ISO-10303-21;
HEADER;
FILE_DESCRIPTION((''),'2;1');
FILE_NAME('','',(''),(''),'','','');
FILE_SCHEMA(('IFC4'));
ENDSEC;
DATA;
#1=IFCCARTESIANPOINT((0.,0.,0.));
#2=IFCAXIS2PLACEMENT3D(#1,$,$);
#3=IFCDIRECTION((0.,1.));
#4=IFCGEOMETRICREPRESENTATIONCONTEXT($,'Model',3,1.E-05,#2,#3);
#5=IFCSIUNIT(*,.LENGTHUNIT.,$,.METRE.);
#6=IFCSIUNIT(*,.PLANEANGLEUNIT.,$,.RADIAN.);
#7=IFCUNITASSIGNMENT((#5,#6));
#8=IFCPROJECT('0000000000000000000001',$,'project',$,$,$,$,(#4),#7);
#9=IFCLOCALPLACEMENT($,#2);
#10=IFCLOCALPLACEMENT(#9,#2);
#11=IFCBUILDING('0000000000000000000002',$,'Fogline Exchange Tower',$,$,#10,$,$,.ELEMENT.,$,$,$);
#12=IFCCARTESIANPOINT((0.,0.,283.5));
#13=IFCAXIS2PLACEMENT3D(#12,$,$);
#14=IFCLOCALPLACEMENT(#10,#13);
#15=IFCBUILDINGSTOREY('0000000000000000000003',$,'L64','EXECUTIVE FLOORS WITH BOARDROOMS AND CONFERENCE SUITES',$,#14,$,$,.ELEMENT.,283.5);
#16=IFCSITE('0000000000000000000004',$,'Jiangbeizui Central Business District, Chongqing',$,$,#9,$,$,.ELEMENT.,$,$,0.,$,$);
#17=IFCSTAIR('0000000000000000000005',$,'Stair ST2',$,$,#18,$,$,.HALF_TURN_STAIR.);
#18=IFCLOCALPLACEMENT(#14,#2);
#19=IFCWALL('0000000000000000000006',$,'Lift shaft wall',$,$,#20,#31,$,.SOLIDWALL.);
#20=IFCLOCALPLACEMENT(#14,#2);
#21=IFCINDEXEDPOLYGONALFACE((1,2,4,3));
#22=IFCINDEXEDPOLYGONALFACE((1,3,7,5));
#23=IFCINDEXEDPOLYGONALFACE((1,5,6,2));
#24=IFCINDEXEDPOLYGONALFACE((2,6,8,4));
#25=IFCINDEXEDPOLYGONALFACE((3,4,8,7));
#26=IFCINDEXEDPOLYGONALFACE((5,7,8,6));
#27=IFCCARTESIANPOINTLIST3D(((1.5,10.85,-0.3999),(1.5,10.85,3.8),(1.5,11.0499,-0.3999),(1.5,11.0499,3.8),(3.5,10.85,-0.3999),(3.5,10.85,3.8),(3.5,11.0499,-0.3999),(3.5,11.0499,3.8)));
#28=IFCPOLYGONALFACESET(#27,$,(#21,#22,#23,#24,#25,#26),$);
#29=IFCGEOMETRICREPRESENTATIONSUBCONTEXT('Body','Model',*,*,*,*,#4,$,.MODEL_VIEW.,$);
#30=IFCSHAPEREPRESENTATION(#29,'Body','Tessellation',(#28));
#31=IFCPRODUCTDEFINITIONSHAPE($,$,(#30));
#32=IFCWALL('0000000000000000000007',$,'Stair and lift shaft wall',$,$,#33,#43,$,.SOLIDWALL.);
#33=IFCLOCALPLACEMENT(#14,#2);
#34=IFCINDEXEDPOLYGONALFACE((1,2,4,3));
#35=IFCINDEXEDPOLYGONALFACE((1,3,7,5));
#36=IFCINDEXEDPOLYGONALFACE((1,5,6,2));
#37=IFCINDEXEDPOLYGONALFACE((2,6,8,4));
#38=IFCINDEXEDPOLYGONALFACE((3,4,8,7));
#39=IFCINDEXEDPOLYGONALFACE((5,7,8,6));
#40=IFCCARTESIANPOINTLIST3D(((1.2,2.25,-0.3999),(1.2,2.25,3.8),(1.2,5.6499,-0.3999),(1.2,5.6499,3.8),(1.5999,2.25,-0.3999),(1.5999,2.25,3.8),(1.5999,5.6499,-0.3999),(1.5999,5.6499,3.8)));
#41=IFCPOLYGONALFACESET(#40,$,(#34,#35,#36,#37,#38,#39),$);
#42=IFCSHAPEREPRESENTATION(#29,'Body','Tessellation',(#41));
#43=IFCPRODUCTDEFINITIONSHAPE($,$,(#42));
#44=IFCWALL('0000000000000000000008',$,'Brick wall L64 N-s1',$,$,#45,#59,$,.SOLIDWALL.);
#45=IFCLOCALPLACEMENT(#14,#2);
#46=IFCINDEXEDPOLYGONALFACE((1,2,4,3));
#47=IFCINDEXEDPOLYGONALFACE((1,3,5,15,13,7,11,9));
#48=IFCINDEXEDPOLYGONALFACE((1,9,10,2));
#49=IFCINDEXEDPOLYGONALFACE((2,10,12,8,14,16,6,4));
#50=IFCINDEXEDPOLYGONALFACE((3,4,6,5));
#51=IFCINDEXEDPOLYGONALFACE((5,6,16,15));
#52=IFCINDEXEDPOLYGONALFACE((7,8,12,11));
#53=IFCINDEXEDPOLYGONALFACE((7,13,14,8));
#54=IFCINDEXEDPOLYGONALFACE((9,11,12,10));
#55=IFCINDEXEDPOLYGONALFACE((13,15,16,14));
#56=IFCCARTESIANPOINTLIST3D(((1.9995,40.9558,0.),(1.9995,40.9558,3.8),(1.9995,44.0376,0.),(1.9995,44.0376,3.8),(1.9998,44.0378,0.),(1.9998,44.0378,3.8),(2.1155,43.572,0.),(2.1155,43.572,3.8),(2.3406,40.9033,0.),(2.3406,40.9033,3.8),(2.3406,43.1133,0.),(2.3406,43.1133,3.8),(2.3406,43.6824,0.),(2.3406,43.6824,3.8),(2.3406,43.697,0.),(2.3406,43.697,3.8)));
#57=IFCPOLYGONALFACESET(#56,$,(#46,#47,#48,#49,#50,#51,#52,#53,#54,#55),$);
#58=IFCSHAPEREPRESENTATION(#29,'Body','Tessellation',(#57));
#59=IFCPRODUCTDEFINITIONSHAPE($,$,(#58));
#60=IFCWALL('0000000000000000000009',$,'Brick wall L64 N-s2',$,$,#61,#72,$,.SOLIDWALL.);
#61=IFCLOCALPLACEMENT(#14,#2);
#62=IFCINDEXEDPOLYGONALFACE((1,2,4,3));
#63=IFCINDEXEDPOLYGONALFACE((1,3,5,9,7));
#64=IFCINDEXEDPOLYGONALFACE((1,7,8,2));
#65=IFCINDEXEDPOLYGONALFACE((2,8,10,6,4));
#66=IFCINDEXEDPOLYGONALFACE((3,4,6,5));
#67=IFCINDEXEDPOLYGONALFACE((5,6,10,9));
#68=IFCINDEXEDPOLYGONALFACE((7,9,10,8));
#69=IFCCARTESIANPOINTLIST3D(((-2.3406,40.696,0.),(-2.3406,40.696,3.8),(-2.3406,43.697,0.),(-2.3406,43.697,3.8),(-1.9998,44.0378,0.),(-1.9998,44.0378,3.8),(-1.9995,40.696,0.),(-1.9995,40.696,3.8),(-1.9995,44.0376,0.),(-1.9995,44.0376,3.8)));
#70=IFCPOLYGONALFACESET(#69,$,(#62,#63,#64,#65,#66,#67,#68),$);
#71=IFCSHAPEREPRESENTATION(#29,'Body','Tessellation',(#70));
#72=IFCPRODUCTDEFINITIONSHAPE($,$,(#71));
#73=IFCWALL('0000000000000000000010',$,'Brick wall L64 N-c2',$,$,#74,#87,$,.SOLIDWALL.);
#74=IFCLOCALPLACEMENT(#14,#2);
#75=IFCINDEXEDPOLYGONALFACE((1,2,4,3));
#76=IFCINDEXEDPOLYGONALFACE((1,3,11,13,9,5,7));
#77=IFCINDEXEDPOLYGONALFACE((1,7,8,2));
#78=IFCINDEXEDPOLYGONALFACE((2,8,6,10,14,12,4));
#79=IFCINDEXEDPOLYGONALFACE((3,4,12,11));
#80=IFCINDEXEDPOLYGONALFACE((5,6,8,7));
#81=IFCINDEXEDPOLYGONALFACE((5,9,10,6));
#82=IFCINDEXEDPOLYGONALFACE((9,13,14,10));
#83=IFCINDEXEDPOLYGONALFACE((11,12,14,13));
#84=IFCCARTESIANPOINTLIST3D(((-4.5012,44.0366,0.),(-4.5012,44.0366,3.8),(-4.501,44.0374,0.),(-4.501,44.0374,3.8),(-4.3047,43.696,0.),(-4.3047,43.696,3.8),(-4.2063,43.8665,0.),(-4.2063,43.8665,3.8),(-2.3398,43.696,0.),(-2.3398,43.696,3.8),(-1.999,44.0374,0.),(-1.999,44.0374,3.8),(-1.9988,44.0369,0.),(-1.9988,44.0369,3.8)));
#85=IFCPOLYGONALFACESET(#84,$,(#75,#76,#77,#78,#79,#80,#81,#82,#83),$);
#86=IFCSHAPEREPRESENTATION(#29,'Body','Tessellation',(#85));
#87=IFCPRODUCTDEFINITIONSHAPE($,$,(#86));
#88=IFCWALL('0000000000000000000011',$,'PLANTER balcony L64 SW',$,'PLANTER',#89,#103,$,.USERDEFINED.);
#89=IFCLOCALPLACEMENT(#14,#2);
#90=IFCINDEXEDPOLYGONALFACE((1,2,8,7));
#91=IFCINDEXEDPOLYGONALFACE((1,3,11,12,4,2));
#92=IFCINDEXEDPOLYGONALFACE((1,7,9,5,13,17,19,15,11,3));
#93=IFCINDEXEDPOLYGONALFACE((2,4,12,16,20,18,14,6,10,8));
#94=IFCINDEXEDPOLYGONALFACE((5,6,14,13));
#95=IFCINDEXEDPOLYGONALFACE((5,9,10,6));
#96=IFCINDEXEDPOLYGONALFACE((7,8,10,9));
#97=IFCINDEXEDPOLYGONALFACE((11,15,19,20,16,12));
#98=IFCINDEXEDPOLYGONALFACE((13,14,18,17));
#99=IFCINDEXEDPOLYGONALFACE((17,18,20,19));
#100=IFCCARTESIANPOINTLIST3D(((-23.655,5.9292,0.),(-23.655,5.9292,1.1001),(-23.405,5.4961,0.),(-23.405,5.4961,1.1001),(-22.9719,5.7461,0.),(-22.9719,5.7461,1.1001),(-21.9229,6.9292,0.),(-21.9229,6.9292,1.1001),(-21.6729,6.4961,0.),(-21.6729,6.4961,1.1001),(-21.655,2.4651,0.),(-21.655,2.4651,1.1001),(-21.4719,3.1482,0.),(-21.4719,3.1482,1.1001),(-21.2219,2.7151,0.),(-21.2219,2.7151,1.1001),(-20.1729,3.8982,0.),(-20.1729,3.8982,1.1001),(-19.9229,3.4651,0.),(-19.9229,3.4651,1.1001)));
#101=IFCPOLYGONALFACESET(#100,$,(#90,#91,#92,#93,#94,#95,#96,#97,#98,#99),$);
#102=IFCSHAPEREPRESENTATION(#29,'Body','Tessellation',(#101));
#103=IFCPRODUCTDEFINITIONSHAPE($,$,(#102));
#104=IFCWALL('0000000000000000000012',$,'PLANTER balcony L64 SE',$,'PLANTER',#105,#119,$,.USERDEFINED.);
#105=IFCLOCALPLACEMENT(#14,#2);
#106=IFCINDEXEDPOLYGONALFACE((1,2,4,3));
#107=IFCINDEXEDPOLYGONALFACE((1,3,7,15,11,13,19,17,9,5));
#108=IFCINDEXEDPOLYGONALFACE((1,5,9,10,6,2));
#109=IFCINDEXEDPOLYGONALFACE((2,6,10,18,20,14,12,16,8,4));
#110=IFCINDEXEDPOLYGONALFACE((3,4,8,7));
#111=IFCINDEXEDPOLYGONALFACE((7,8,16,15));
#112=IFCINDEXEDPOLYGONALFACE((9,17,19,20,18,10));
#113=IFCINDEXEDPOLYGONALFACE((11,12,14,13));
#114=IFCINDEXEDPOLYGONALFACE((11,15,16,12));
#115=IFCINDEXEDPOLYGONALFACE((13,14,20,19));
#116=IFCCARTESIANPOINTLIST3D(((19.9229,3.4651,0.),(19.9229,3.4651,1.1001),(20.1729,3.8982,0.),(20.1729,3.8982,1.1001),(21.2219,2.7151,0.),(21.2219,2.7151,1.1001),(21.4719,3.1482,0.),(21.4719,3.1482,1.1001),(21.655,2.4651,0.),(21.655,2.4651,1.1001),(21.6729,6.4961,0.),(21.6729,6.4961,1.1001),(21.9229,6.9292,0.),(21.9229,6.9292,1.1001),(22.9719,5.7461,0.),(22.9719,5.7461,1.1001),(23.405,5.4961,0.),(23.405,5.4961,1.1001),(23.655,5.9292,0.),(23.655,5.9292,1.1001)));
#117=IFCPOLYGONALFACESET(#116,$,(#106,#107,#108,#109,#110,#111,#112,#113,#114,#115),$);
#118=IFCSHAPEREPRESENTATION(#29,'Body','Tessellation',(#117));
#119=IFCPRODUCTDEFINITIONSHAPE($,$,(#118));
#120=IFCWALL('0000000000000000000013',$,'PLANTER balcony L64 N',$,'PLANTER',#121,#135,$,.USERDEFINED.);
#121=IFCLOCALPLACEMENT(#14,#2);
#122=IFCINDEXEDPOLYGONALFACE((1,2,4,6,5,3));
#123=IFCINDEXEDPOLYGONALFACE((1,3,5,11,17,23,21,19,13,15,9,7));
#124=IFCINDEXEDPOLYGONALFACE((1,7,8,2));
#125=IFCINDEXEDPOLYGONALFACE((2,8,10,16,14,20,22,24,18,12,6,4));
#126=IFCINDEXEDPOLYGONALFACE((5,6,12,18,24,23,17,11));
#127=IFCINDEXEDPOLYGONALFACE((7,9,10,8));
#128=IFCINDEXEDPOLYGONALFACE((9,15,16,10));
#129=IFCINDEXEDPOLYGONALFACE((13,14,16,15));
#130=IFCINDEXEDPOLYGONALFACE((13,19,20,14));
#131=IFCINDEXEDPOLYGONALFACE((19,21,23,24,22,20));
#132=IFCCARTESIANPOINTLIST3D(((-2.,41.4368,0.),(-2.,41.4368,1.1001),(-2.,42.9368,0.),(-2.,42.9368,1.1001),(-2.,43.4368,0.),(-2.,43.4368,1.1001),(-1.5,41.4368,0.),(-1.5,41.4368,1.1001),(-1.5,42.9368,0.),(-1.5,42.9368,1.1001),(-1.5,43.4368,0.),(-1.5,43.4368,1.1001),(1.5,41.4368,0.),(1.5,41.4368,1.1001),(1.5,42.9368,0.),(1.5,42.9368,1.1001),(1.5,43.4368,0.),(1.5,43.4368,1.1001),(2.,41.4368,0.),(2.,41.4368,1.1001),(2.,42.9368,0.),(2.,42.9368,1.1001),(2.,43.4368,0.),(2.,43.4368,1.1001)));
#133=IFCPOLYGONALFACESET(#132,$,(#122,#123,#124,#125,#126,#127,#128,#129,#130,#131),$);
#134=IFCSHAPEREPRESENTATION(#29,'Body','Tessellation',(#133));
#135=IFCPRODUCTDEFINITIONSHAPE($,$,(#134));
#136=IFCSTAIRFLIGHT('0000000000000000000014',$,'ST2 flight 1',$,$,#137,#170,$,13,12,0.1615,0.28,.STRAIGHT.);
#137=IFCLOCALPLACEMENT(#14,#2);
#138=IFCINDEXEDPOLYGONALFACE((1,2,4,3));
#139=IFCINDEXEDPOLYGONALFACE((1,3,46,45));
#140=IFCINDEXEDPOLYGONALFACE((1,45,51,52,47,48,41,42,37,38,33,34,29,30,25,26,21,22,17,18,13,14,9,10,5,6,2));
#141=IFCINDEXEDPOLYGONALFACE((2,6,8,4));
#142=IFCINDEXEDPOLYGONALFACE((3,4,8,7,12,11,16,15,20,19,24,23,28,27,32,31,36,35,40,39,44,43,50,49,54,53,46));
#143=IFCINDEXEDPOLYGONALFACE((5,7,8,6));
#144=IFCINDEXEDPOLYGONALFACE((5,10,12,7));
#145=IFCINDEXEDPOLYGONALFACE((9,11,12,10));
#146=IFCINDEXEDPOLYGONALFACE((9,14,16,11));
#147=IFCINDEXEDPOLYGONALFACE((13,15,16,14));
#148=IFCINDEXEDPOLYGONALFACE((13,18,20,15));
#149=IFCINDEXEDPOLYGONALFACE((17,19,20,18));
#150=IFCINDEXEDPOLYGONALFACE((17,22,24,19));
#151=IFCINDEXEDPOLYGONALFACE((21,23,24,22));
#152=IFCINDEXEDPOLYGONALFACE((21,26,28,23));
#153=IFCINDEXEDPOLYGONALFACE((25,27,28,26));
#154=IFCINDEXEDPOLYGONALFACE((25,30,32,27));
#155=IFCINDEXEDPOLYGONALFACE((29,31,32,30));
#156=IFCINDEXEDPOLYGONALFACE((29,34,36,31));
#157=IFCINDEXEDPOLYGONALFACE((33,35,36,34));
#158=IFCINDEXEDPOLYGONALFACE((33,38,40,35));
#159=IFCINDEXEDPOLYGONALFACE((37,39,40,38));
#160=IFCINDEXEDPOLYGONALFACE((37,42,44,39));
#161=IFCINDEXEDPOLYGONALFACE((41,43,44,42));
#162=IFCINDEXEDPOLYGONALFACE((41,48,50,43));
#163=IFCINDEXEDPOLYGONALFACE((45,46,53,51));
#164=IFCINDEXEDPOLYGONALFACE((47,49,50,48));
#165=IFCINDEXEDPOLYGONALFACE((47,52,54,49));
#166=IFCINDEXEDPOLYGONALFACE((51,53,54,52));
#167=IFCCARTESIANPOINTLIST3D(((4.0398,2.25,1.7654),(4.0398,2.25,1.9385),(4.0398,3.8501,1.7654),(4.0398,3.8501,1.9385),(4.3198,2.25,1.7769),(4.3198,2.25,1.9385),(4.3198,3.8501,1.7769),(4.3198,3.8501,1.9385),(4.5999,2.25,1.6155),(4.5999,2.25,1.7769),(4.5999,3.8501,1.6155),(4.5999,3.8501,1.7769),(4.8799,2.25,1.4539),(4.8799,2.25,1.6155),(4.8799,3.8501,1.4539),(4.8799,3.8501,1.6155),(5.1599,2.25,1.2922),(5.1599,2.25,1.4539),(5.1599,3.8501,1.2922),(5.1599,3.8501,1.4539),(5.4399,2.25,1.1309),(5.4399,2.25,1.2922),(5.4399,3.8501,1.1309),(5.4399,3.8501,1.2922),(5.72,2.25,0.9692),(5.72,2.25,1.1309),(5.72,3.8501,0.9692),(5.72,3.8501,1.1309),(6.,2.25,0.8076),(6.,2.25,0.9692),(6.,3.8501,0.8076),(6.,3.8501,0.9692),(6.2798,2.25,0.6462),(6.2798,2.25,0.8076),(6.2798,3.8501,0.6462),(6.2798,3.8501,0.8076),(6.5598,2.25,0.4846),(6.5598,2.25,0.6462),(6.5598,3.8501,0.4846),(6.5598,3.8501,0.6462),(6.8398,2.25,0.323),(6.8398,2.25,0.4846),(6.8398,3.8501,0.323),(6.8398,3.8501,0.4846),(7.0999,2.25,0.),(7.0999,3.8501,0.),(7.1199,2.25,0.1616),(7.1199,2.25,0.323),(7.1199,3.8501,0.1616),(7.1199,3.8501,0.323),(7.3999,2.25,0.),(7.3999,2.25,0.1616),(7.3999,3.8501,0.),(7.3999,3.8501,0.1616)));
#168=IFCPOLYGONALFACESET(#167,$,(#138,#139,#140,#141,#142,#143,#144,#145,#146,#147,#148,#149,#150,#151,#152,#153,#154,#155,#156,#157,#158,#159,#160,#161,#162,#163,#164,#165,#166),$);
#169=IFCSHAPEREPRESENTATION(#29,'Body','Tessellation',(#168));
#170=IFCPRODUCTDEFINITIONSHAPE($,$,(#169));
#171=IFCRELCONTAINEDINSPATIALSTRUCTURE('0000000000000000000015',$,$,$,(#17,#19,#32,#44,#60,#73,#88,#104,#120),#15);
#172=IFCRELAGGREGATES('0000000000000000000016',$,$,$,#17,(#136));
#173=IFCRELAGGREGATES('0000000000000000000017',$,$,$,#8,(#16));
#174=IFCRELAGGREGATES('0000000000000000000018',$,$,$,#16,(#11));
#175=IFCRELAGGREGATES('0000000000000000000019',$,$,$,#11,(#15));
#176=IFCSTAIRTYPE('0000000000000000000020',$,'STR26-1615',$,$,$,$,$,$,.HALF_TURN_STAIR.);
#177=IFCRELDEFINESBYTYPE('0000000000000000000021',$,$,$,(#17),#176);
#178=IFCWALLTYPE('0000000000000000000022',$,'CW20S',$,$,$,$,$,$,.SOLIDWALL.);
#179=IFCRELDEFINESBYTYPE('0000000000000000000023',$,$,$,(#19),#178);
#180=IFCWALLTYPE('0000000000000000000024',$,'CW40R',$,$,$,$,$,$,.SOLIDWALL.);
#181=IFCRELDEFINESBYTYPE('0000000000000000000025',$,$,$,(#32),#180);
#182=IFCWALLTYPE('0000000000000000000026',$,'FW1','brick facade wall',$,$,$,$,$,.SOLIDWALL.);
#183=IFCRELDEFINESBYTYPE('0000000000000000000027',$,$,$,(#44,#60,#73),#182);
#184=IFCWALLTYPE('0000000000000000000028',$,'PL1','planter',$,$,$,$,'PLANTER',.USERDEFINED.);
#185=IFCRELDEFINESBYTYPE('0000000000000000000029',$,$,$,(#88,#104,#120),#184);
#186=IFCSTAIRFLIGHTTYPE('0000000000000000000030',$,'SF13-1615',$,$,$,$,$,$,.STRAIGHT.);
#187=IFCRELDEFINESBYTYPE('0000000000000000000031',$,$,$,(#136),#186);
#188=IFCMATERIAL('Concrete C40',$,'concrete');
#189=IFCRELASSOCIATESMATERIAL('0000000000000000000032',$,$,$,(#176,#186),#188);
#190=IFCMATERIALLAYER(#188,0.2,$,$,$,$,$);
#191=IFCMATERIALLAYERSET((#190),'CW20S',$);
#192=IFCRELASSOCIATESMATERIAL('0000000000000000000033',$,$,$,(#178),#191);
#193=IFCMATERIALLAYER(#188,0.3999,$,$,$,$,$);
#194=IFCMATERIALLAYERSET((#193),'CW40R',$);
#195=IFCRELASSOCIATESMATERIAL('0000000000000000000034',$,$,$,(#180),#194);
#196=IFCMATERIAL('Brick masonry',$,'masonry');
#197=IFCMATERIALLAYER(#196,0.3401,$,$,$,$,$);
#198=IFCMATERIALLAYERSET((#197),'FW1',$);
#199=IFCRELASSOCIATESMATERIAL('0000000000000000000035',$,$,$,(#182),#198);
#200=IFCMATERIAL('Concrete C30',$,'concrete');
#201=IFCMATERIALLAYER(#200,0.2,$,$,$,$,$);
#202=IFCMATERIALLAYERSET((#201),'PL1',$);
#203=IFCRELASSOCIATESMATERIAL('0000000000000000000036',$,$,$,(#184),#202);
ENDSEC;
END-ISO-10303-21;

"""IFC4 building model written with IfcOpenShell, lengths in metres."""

from ifc_helpers import new_model, si_unit, direction, frame, frame_2d, origin, place, context, subcontext, project, spatial, polyline, rectangle, outline, extrude, material, layer, layer_set, type_object, element, aggregate, save


model = new_model("IFC4")

# Units and contexts
model_context = context("Model", 3, precision=1e-05, world=origin(), true_north=direction((0.0, 1.0)))
body_context = subcontext(model_context, "Body", "Model", "MODEL_VIEW")
ifc_project = project(units=[si_unit("LENGTHUNIT", "METRE"), si_unit("PLANEANGLEUNIT", "RADIAN")], contexts=[model_context])

# Site, building, storey
site_placement = place(None, origin())
site = spatial("IfcSite", under=ifc_project, at=site_placement, Name="Jiangbeizui Central Business District, Chongqing", CompositionType="ELEMENT", RefElevation=0.0)
building_placement = place(site_placement, origin())
building = spatial("IfcBuilding", under=site, at=building_placement, Name="Fogline Exchange Tower", CompositionType="ELEMENT")
storey_placement = place(building_placement, frame((0.0, 0.0, 283.5)))
storey = spatial("IfcBuildingStorey", under=building, at=storey_placement, Name="L64", Description="EXECUTIVE FLOORS WITH BOARDROOMS AND CONFERENCE SUITES", CompositionType="ELEMENT", Elevation=283.5)

# Shared definitions
ifc_material_1 = material(Name="Concrete C40", Category="concrete")

# Stair
stair_type = type_object("IfcStairType", Name="STR26-1615", PredefinedType="HALF_TURN_STAIR", material=ifc_material_1)
stair_1_placement = place(storey_placement, origin())
stair_1 = element("IfcStair", 1, at=stair_1_placement, inside=storey, type_object=stair_type, Name="Stair ST2", PredefinedType="HALF_TURN_STAIR")

# Shared definitions
ifc_layer_1 = layer(ifc_material_1, 0.2)
ifc_layer_set_1 = layer_set([ifc_layer_1], Name="CW20S")
wall_type_1 = type_object("IfcWallType", Name="CW20S", PredefinedType="SOLIDWALL", material=ifc_layer_set_1)

# Walls
wall_1_placement = place(storey_placement, frame((1.5, 10.95, -0.3999), z_axis=(0.0, 0.0, 1.0), x_axis=(1.0, 0.0, 0.0)))
element("IfcWall", 2, at=wall_1_placement, inside=storey, type_object=wall_type_1, Name="Lift shaft wall", PredefinedType="SOLIDWALL", context=body_context, shape_type="SweptSolid", body=[
    extrude(rectangle(XDim=2.0, YDim=0.2, at=frame_2d((1.0, 0.0))), origin(), (0.0, 0.0, 1.0), 4.2),
])
ifc_layer_2 = layer(ifc_material_1, 0.3999)
ifc_layer_set_2 = layer_set([ifc_layer_2], Name="CW40R")
wall_type_2 = type_object("IfcWallType", Name="CW40R", PredefinedType="SOLIDWALL", material=ifc_layer_set_2)
wall_2_placement = place(storey_placement, frame((1.3999, 2.25, -0.3999), z_axis=(0.0, 0.0, 1.0), x_axis=(0.0, 1.0, 0.0)))
element("IfcWall", 3, at=wall_2_placement, inside=storey, type_object=wall_type_2, Name="Stair and lift shaft wall", PredefinedType="SOLIDWALL", context=body_context, shape_type="SweptSolid", body=[
    extrude(rectangle(XDim=3.3999, YDim=0.3999, at=frame_2d((1.7, 0.0))), origin(), (0.0, 0.0, 1.0), 4.2),
])
ifc_material_2 = material(Name="Brick masonry", Category="masonry")
ifc_layer_3 = layer(ifc_material_2, 0.3401)
ifc_layer_set_3 = layer_set([ifc_layer_3], Name="FW1")
wall_type_3 = type_object("IfcWallType", Name="FW1", Description="brick facade wall", PredefinedType="SOLIDWALL", material=ifc_layer_set_3)
wall_3_placement = place(storey_placement, origin())
element("IfcWall", 4, at=wall_3_placement, inside=storey, type_object=wall_type_3, Name="Brick wall L64 N-s1", PredefinedType="SOLIDWALL", context=body_context, shape_type="SweptSolid", body=[
    extrude(outline(polyline([(1.9995, 44.0376), (1.9998, 44.0378), (2.3406, 43.697), (2.3406, 43.6824), (2.1155, 43.572), (2.3406, 43.1133), (2.3406, 40.9033), (1.9995, 40.9558), (1.9995, 44.0376)])), origin(), (0.0, 0.0, 1.0), 3.8),
])
wall_4_placement = place(storey_placement, origin())
element("IfcWall", 5, at=wall_4_placement, inside=storey, type_object=wall_type_3, Name="Brick wall L64 N-s2", PredefinedType="SOLIDWALL", context=body_context, shape_type="SweptSolid", body=[
    extrude(outline(polyline([(-1.9995, 44.0376), (-1.9995, 40.696), (-2.3406, 40.696), (-2.3406, 43.697), (-1.9998, 44.0378), (-1.9995, 44.0376)])), origin(), (0.0, 0.0, 1.0), 3.8),
])
wall_5_placement = place(storey_placement, origin())
element("IfcWall", 6, at=wall_5_placement, inside=storey, type_object=wall_type_3, Name="Brick wall L64 N-c2", PredefinedType="SOLIDWALL", context=body_context, shape_type="SweptSolid", body=[
    extrude(outline(polyline([(-4.3047, 43.696), (-4.2063, 43.8665), (-4.5012, 44.0366), (-4.501, 44.0374), (-1.999, 44.0374), (-1.9988, 44.0369), (-2.3398, 43.696), (-4.3047, 43.696)])), origin(), (0.0, 0.0, 1.0), 3.8),
])
ifc_material_3 = material(Name="Concrete C30", Category="concrete")
ifc_layer_4 = layer(ifc_material_3, 0.2)
ifc_layer_set_4 = layer_set([ifc_layer_4], Name="PL1")
wall_type_4 = type_object("IfcWallType", Name="PL1", Description="planter", ElementType="PLANTER", PredefinedType="USERDEFINED", material=ifc_layer_set_4)
wall_6_placement = place(storey_placement, origin())
element("IfcWall", 7, at=wall_6_placement, inside=storey, type_object=wall_type_4, Name="PLANTER balcony L64 SW", ObjectType="PLANTER", PredefinedType="USERDEFINED", context=body_context, shape_type="SweptSolid", body=[
    extrude(outline(polyline([(-20.1729, 3.8982), (-21.4719, 3.1482), (-22.9719, 5.7461), (-21.6729, 6.4961), (-21.9229, 6.9292), (-23.655, 5.9292), (-23.405, 5.4961), (-21.655, 2.4651), (-21.2219, 2.7151), (-21.2219, 2.7151), (-19.9229, 3.4651), (-20.1729, 3.8982)])), origin(), (0.0, 0.0, 1.0), 1.1001),
])
wall_7_placement = place(storey_placement, origin())
element("IfcWall", 8, at=wall_7_placement, inside=storey, type_object=wall_type_4, Name="PLANTER balcony L64 SE", ObjectType="PLANTER", PredefinedType="USERDEFINED", context=body_context, shape_type="SweptSolid", body=[
    extrude(outline(polyline([(19.9229, 3.4651), (21.2219, 2.7151), (21.2219, 2.7151), (21.655, 2.4651), (23.405, 5.4961), (23.655, 5.9292), (21.9229, 6.9292), (21.6729, 6.4961), (22.9719, 5.7461), (21.4719, 3.1482), (20.1729, 3.8982), (19.9229, 3.4651)])), origin(), (0.0, 0.0, 1.0), 1.1001),
])
wall_8_placement = place(storey_placement, origin())
element("IfcWall", 9, at=wall_8_placement, inside=storey, type_object=wall_type_4, Name="PLANTER balcony L64 N", ObjectType="PLANTER", PredefinedType="USERDEFINED", context=body_context, shape_type="SweptSolid", body=[
    extrude(outline(polyline([(-1.5, 43.4368), (-2.0, 43.4368), (-2.0, 42.9368), (-2.0, 41.4368), (-1.5, 41.4368), (-1.5, 42.9368), (1.5, 42.9368), (1.5, 41.4368), (2.0, 41.4368), (2.0, 42.9368), (2.0, 43.4368), (1.5, 43.4368), (-1.5, 43.4368)])), origin(), (0.0, 0.0, 1.0), 1.1001),
])

# Stair flight
stair_flight_type = type_object("IfcStairFlightType", Name="SF13-1615", PredefinedType="STRAIGHT", material=ifc_material_1)
stair_flight_1_placement = place(storey_placement, frame((7.3999, 3.05, 0.0), z_axis=(0.0, 0.0, 1.0), x_axis=(-1.0, 0.0, 0.0)))
stair_flight_1 = element("IfcStairFlight", 10, at=stair_flight_1_placement, type_object=stair_flight_type, Name="ST2 flight 1", NumberOfRisers=13, NumberOfTreads=12, PredefinedType="STRAIGHT", RiserHeight=0.1615, TreadLength=0.28, context=body_context, shape_type="SweptSolid", body=[
    extrude(outline(polyline([(0.0, 0.0), (0.0, 0.1616), (0.28, 0.1616), (0.28, 0.323), (0.5601, 0.323), (0.5601, 0.4846), (0.8401, 0.4846), (0.8401, 0.6462), (1.1201, 0.6462), (1.1201, 0.8076), (1.3999, 0.8076), (1.3999, 0.9692), (1.6799, 0.9692), (1.6799, 1.1309), (1.96, 1.1309), (1.96, 1.2922), (2.24, 1.2922), (2.24, 1.4539), (2.52, 1.4539), (2.52, 1.6155), (2.8, 1.6155), (2.8, 1.7769), (3.0801, 1.7769), (3.0801, 1.9385), (3.3601, 1.9385), (3.3601, 2.1001), (3.3601, 1.7654), (0.3, 0.0), (0.0, 0.0)])), frame((0.0, 0.8, 0.0), z_axis=(0.0, -1.0, 0.0), x_axis=(1.0, 0.0, 0.0)), (0.0, 0.0, 1.0), 1.6001),
])
aggregate(stair_1, [stair_flight_1])

save(model, "model.ifc")
